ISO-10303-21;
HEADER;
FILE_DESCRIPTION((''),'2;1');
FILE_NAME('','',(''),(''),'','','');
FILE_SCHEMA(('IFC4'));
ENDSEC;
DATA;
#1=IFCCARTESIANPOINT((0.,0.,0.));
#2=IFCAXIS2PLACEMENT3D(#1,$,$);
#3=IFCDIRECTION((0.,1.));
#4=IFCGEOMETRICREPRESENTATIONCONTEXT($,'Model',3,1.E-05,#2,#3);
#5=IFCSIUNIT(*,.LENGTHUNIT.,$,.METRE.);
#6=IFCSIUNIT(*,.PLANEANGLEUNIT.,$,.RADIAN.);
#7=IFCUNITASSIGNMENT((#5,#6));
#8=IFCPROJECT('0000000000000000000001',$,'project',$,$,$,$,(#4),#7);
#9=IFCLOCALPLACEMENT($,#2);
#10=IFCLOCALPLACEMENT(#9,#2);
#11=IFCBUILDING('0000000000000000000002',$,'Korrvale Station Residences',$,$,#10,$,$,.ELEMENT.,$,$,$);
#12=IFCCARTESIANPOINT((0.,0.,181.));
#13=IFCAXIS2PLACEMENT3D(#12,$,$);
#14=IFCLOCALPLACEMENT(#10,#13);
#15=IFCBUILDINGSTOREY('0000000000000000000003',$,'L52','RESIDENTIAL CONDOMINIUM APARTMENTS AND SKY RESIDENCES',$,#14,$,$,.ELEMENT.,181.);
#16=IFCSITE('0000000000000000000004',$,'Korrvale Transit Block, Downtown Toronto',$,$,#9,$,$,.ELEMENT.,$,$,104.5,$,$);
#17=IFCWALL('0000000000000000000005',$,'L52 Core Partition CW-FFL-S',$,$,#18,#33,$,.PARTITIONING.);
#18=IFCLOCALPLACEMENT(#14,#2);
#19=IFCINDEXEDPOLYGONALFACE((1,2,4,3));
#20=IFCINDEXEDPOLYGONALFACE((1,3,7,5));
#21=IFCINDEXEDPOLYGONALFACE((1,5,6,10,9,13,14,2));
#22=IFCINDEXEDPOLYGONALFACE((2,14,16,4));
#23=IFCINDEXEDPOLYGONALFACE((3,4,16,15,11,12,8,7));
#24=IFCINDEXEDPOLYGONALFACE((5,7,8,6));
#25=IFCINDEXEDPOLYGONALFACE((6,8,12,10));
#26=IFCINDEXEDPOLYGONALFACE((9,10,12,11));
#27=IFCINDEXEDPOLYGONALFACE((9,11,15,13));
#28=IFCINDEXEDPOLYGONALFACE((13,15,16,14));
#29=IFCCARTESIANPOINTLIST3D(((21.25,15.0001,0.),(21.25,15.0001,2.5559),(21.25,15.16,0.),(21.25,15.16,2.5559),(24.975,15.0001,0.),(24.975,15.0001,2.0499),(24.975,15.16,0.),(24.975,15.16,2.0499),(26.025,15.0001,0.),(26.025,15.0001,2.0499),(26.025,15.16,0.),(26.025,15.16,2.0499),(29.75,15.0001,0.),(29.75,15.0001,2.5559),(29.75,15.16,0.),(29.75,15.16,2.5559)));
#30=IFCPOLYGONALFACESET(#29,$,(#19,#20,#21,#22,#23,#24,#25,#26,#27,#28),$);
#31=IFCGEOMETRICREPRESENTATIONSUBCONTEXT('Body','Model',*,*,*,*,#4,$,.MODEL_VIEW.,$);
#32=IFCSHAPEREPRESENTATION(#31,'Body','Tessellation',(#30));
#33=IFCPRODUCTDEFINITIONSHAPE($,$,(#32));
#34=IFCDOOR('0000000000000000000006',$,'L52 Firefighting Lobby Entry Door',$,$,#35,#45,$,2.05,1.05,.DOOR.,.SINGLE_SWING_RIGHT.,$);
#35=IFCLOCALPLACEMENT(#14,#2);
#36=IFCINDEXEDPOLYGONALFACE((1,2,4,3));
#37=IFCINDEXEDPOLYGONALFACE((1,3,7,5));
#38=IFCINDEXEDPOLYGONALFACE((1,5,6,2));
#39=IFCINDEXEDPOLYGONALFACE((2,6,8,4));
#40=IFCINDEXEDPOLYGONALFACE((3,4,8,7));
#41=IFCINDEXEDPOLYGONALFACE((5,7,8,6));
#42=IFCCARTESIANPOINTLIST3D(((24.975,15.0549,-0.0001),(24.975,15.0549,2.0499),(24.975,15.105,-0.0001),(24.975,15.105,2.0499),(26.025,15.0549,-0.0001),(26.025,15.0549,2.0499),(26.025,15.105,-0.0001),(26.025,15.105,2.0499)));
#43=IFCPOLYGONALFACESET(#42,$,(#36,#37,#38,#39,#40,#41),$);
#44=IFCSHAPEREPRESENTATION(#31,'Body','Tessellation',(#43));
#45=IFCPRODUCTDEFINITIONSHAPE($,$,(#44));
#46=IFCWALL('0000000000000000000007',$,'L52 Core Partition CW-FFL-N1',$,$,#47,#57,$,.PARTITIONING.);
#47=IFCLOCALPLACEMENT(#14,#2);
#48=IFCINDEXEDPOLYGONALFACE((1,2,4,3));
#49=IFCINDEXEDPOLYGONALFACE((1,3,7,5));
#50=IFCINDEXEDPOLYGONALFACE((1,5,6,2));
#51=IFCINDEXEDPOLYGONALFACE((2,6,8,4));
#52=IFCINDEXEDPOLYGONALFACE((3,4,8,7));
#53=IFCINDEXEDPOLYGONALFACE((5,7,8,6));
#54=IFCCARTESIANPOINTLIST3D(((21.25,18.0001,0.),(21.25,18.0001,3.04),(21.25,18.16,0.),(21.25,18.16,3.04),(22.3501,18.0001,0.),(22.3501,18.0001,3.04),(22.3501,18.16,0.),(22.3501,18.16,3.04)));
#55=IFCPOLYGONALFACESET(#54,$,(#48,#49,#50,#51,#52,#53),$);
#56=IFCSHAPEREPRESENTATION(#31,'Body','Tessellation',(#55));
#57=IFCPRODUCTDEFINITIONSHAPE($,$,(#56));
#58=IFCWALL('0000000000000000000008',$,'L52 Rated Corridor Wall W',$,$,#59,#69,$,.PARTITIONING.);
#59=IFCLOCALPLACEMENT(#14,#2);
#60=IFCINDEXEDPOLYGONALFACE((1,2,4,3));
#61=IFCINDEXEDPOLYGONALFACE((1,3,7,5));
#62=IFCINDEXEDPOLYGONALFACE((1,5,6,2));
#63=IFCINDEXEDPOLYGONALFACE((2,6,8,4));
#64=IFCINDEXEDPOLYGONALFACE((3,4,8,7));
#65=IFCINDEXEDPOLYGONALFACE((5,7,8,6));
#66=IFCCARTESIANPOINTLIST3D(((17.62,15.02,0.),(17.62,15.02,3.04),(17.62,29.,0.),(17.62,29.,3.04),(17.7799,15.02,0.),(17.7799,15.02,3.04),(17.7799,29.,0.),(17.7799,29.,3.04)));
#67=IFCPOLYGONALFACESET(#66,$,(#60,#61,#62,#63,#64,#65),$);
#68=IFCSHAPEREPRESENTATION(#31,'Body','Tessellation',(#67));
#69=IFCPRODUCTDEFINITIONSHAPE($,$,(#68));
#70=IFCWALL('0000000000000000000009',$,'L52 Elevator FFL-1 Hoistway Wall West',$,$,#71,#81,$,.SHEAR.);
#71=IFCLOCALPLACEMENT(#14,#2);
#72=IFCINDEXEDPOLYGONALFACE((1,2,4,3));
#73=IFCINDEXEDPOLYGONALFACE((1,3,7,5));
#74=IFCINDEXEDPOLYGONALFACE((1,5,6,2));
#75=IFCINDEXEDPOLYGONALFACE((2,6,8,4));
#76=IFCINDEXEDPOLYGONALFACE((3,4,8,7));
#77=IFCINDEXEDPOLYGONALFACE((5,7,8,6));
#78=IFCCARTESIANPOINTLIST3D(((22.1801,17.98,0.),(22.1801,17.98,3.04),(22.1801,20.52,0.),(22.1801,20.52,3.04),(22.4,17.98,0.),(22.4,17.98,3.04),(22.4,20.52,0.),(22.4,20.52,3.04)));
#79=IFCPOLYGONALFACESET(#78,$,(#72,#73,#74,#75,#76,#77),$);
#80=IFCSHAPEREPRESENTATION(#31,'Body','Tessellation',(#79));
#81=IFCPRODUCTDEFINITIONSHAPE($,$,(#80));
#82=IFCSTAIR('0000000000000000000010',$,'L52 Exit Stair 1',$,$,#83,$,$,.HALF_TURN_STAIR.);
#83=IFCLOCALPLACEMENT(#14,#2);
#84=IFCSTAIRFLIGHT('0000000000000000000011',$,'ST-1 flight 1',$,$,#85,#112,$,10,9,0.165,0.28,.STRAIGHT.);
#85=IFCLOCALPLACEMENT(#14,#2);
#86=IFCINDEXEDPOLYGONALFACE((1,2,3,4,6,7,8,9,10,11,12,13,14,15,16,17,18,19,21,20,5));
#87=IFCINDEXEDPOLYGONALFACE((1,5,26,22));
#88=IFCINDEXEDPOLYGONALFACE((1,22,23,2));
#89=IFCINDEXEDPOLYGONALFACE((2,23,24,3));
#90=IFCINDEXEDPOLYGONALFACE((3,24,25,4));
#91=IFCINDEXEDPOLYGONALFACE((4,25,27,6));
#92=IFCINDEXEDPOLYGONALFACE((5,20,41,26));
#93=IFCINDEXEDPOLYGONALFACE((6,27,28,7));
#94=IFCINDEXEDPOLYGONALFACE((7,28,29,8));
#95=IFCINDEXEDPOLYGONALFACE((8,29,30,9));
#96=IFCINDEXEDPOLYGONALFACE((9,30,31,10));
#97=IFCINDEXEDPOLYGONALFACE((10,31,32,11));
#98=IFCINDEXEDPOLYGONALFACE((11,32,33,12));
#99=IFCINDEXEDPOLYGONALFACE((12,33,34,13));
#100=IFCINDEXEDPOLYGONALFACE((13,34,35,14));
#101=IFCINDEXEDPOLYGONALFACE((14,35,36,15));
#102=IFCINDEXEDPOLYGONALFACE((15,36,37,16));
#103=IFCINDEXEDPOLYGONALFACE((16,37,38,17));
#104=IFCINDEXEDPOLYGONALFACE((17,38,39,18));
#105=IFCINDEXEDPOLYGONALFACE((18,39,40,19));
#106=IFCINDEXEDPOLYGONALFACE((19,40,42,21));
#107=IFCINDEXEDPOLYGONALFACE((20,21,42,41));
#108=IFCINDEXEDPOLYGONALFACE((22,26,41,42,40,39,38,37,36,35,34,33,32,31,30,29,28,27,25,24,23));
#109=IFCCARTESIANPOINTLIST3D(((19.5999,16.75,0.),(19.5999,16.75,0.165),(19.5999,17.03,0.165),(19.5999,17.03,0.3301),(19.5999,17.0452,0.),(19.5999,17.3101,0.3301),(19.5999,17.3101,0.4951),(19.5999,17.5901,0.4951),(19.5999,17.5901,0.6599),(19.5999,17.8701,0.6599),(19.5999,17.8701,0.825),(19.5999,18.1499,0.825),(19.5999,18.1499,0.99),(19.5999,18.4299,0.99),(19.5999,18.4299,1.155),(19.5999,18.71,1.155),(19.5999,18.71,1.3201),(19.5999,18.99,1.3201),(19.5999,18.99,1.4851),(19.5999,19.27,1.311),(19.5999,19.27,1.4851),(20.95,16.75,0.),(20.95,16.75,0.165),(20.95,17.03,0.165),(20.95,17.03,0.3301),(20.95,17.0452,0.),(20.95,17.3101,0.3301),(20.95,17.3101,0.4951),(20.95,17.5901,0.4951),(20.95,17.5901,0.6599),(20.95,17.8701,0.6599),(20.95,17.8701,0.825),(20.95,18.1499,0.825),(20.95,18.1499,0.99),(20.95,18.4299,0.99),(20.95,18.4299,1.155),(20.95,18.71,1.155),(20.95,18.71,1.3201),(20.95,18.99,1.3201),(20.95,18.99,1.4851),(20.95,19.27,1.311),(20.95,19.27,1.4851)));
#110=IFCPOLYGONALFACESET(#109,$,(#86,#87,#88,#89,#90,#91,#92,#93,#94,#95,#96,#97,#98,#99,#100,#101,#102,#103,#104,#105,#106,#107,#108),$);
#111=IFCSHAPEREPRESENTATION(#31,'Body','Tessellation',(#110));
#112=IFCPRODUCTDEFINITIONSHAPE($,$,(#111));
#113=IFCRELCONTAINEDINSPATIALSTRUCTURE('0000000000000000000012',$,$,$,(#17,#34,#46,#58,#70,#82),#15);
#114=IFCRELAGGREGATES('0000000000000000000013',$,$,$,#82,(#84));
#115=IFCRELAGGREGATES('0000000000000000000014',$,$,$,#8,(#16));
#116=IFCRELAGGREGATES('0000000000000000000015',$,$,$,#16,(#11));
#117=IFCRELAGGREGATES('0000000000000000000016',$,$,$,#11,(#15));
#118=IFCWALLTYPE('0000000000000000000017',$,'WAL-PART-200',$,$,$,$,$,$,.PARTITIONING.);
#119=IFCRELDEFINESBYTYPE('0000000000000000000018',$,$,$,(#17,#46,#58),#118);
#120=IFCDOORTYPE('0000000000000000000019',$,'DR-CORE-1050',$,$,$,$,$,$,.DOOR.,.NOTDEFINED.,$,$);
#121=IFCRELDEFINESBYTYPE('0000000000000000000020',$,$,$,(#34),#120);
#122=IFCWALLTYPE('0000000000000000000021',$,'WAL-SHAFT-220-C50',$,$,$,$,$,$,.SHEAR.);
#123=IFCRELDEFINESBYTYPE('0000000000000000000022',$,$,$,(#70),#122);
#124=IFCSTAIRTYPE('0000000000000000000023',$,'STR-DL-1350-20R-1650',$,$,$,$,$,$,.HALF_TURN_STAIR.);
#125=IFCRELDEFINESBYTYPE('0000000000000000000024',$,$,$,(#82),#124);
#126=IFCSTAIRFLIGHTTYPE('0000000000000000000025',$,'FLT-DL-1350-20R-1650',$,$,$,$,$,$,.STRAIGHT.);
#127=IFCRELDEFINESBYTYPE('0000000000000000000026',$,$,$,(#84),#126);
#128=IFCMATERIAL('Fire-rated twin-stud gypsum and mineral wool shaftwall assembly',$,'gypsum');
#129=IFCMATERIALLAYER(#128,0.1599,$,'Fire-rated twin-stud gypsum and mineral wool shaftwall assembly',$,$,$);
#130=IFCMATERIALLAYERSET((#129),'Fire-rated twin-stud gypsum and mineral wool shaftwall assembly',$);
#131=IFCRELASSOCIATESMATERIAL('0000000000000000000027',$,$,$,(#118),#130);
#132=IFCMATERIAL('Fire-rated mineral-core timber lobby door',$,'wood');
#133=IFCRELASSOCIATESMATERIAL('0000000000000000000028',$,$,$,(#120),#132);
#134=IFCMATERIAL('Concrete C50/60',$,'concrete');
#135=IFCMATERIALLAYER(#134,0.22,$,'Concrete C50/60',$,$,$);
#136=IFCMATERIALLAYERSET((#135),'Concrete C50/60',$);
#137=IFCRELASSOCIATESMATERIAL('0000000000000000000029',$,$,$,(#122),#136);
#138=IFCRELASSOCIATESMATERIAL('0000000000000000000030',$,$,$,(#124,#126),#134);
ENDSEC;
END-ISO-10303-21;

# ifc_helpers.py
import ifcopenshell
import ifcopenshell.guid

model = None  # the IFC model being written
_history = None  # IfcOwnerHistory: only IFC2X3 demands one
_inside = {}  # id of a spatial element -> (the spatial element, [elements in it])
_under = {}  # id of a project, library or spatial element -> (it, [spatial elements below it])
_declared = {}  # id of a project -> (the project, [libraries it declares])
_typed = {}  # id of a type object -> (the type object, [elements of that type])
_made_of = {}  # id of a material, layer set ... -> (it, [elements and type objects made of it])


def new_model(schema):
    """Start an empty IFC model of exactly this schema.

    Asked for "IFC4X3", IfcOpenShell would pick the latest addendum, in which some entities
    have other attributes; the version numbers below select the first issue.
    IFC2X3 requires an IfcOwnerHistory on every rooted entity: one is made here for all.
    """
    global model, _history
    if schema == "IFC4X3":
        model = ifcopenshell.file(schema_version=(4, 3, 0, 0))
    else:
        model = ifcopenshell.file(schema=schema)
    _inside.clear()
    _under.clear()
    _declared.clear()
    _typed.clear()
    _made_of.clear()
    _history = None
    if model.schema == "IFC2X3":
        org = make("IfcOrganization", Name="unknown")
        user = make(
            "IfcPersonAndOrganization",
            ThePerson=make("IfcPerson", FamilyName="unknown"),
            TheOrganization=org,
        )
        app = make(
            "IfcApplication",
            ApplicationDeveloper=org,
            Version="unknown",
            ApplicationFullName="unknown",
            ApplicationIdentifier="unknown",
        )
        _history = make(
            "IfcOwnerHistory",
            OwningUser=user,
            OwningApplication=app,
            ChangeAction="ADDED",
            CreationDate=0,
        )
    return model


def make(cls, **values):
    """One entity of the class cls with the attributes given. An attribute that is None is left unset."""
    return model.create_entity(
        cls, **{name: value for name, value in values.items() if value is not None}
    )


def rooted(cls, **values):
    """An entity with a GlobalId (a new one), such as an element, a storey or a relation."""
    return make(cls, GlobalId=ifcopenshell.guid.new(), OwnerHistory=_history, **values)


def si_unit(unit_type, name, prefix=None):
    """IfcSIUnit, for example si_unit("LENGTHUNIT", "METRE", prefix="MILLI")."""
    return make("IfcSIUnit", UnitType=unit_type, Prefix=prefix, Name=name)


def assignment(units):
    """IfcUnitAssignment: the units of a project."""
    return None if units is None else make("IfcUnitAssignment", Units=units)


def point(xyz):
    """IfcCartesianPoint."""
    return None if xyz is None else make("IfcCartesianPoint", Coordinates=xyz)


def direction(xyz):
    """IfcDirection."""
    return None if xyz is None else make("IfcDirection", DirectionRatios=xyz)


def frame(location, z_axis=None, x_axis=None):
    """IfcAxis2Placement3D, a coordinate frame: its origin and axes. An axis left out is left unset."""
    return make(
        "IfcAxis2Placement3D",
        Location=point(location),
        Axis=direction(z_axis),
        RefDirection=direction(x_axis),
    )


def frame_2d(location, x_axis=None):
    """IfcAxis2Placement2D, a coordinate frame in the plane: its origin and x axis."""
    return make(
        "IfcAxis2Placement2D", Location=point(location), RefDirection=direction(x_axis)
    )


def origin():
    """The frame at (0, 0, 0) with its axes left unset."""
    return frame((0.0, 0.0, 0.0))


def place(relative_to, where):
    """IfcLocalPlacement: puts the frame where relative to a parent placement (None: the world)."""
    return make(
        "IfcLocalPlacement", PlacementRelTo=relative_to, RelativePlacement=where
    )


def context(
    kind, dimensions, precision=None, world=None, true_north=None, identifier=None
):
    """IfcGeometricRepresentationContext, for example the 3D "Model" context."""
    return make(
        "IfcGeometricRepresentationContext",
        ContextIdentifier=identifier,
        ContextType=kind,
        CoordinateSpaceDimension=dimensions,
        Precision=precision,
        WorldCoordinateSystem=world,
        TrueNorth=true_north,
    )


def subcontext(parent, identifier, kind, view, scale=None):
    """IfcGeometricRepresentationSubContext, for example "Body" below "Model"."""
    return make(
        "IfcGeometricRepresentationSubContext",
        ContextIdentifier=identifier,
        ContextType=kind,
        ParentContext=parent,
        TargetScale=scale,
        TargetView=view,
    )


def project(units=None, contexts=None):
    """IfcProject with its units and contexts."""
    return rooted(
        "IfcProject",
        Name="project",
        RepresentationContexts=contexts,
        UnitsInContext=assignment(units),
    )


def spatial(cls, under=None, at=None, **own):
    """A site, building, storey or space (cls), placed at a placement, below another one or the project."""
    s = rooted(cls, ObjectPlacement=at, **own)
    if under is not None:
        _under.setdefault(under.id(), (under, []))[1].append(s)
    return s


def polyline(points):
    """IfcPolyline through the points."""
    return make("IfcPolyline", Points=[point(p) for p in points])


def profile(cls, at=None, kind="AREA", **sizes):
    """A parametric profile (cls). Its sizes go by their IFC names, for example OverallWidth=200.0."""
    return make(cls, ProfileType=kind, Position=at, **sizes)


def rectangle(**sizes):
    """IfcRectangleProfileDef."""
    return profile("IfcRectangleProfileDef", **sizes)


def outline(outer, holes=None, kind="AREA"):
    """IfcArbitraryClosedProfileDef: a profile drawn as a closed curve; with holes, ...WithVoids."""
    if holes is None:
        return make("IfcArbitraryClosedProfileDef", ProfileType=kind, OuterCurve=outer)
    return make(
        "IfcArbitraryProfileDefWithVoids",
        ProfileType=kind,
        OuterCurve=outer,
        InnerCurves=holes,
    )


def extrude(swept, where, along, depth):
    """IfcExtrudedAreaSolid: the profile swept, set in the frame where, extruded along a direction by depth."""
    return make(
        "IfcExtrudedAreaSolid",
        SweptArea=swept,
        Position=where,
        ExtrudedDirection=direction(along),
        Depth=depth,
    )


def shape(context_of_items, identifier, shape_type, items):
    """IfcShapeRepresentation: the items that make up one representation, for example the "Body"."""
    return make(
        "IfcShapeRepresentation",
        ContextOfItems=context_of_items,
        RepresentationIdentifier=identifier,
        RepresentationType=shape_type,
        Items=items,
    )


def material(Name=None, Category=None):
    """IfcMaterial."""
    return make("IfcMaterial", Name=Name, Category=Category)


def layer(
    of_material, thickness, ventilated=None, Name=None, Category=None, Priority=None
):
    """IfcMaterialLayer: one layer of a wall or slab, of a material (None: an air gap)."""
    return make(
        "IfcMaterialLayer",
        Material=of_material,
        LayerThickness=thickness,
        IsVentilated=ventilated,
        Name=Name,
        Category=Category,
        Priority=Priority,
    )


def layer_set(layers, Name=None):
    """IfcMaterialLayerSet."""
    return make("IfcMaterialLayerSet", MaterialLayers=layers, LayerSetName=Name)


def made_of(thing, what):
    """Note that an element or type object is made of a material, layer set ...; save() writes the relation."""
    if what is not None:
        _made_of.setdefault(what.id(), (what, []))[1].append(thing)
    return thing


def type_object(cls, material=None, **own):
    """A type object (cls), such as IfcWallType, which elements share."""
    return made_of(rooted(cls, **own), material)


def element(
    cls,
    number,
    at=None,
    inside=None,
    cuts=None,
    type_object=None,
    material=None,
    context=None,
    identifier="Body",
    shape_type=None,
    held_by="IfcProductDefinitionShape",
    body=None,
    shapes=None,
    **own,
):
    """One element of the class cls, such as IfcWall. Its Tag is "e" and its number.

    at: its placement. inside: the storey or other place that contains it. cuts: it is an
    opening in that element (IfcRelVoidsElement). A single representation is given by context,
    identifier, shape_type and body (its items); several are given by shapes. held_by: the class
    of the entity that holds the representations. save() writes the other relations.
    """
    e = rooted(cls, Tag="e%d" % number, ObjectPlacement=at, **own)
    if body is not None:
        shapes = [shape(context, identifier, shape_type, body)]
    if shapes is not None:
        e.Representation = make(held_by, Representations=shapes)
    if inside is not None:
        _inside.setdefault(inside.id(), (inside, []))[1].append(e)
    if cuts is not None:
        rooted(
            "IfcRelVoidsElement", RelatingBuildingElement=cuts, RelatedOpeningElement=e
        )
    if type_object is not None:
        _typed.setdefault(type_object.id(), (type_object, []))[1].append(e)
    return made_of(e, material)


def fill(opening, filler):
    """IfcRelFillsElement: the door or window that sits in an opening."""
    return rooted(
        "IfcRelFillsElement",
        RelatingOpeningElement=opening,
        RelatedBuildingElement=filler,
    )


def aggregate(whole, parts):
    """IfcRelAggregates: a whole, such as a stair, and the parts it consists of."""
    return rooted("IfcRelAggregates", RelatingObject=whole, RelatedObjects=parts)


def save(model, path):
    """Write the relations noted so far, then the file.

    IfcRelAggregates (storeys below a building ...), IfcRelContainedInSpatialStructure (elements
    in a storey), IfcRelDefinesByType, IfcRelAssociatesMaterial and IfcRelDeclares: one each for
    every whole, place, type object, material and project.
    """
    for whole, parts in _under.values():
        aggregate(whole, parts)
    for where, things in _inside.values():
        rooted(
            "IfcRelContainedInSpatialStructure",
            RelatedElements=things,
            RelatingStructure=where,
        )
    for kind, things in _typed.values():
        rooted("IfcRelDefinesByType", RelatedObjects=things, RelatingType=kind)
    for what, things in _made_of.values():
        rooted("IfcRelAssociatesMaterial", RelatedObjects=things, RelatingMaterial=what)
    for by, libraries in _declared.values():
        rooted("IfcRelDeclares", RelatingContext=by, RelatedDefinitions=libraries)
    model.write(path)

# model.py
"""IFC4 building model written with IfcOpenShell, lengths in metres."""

from ifc_helpers import new_model, si_unit, direction, frame, frame_2d, origin, place, context, subcontext, project, spatial, polyline, rectangle, outline, extrude, material, layer, layer_set, type_object, element, fill, aggregate, save


model = new_model("IFC4")

# Units and contexts
model_context = context("Model", 3, precision=1e-05, world=origin(), true_north=direction((0.0, 1.0)))
body_context = subcontext(model_context, "Body", "Model", "MODEL_VIEW")
ifc_project = project(units=[si_unit("LENGTHUNIT", "METRE"), si_unit("PLANEANGLEUNIT", "RADIAN")], contexts=[model_context])

# Site, building, storey
site_placement = place(None, origin())
site = spatial("IfcSite", under=ifc_project, at=site_placement, Name="Korrvale Transit Block, Downtown Toronto", CompositionType="ELEMENT", RefElevation=104.5)
building_placement = place(site_placement, origin())
building = spatial("IfcBuilding", under=site, at=building_placement, Name="Korrvale Station Residences", CompositionType="ELEMENT")
storey_placement = place(building_placement, frame((0.0, 0.0, 181.0)))
storey = spatial("IfcBuildingStorey", under=building, at=storey_placement, Name="L52", Description="RESIDENTIAL CONDOMINIUM APARTMENTS AND SKY RESIDENCES", CompositionType="ELEMENT", Elevation=181.0)

# Shared definitions
ifc_material_1 = material(Name="Concrete C50/60", Category="concrete")

# Wall, opening, door
ifc_material_2 = material(Name="Fire-rated twin-stud gypsum and mineral wool shaftwall assembly", Category="gypsum")
ifc_layer_1 = layer(ifc_material_2, 0.1599, Name="Fire-rated twin-stud gypsum and mineral wool shaftwall assembly")
ifc_layer_set_1 = layer_set([ifc_layer_1], Name="Fire-rated twin-stud gypsum and mineral wool shaftwall assembly")
wall_type_1 = type_object("IfcWallType", Name="WAL-PART-200", PredefinedType="PARTITIONING", material=ifc_layer_set_1)
wall_1_placement = place(storey_placement, frame((21.25, 15.0801, 0.0), z_axis=(0.0, 0.0, 1.0), x_axis=(1.0, 0.0, 0.0)))
wall_1 = element("IfcWall", 1, at=wall_1_placement, inside=storey, type_object=wall_type_1, Name="L52 Core Partition CW-FFL-S", PredefinedType="PARTITIONING", context=body_context, shape_type="SweptSolid", body=[
    extrude(rectangle(XDim=8.5, YDim=0.1599, at=frame_2d((4.25, 0.0))), origin(), (0.0, 0.0, 1.0), 2.5559),
])
opening_1_placement = place(wall_1_placement, frame((3.7251, 0.0, 0.0)))
opening_1 = element("IfcOpeningElement", 2, at=opening_1_placement, cuts=wall_1, PredefinedType="OPENING", context=body_context, shape_type="SweptSolid", body=[
    extrude(rectangle(XDim=1.05, YDim=2.05, at=frame_2d((0.5249, 1.0249))), frame((0.0, 0.0898, 0.0), z_axis=(0.0, -1.0, 0.0), x_axis=(1.0, 0.0, 0.0)), (0.0, 0.0, 1.0), 0.1799),
])
ifc_material_3 = material(Name="Fire-rated mineral-core timber lobby door", Category="wood")
door_type_1 = type_object("IfcDoorType", Name="DR-CORE-1050", OperationType="NOTDEFINED", PredefinedType="DOOR", material=ifc_material_3)
door_1_placement = place(opening_1_placement, origin())
door_1 = element("IfcDoor", 3, at=door_1_placement, inside=storey, type_object=door_type_1, Name="L52 Firefighting Lobby Entry Door", OperationType="SINGLE_SWING_RIGHT", OverallHeight=2.05, OverallWidth=1.05, PredefinedType="DOOR", context=body_context, shape_type="SweptSolid", body=[
    extrude(rectangle(XDim=1.05, YDim=2.05, at=frame_2d((0.5249, 1.0249))), frame((0.0, 0.0249, 0.0), z_axis=(0.0, -1.0, 0.0), x_axis=(1.0, 0.0, 0.0)), (0.0, 0.0, 1.0), 0.05),
])
fill(opening_1, door_1)

# Walls
wall_2_placement = place(storey_placement, frame((21.25, 18.0801, 0.0), z_axis=(0.0, 0.0, 1.0), x_axis=(1.0, 0.0, 0.0)))
element("IfcWall", 4, at=wall_2_placement, inside=storey, type_object=wall_type_1, Name="L52 Core Partition CW-FFL-N1", PredefinedType="PARTITIONING", context=body_context, shape_type="SweptSolid", body=[
    extrude(rectangle(XDim=1.1001, YDim=0.1599, at=frame_2d((0.55, 0.0))), origin(), (0.0, 0.0, 1.0), 3.04),
])
wall_3_placement = place(storey_placement, frame((17.7, 15.02, 0.0), z_axis=(0.0, 0.0, 1.0), x_axis=(0.0, 1.0, 0.0)))
element("IfcWall", 5, at=wall_3_placement, inside=storey, type_object=wall_type_1, Name="L52 Rated Corridor Wall W", PredefinedType="PARTITIONING", context=body_context, shape_type="SweptSolid", body=[
    extrude(rectangle(XDim=13.98, YDim=0.1599, at=frame_2d((6.99, 0.0))), origin(), (0.0, 0.0, 1.0), 3.04),
])

# Shared definitions
ifc_layer_2 = layer(ifc_material_1, 0.22, Name="Concrete C50/60")
ifc_layer_set_2 = layer_set([ifc_layer_2], Name="Concrete C50/60")
wall_type_2 = type_object("IfcWallType", Name="WAL-SHAFT-220-C50", PredefinedType="SHEAR", material=ifc_layer_set_2)

# Wall
wall_4_placement = place(storey_placement, frame((22.29, 17.98, 0.0), z_axis=(0.0, 0.0, 1.0), x_axis=(0.0, 1.0, 0.0)))
element("IfcWall", 6, at=wall_4_placement, inside=storey, type_object=wall_type_2, Name="L52 Elevator FFL-1 Hoistway Wall West", PredefinedType="SHEAR", context=body_context, shape_type="SweptSolid", body=[
    extrude(rectangle(XDim=2.54, YDim=0.22, at=frame_2d((1.27, 0.0))), origin(), (0.0, 0.0, 1.0), 3.04),
])

# Stair, stair flight
stair_type = type_object("IfcStairType", Name="STR-DL-1350-20R-1650", PredefinedType="HALF_TURN_STAIR", material=ifc_material_1)
stair_placement = place(storey_placement, origin())
stair = element("IfcStair", 7, at=stair_placement, inside=storey, type_object=stair_type, Name="L52 Exit Stair 1", PredefinedType="HALF_TURN_STAIR")
stair_flight_type = type_object("IfcStairFlightType", Name="FLT-DL-1350-20R-1650", PredefinedType="STRAIGHT", material=ifc_material_1)
stair_flight_placement = place(storey_placement, frame((20.2749, 16.75, 0.0), z_axis=(0.0, 0.0, 1.0), x_axis=(0.0, 1.0, 0.0)))
stair_flight = element("IfcStairFlight", 8, at=stair_flight_placement, type_object=stair_flight_type, Name="ST-1 flight 1", NumberOfRisers=10, NumberOfTreads=9, PredefinedType="STRAIGHT", RiserHeight=0.165, TreadLength=0.28, context=body_context, shape_type="SweptSolid", body=[
    extrude(outline(polyline([(0.0, 0.0), (0.0, 0.165), (0.28, 0.165), (0.28, 0.3301), (0.5601, 0.3301), (0.5601, 0.4951), (0.8401, 0.4951), (0.8401, 0.6599), (1.1201, 0.6599), (1.1201, 0.825), (1.3999, 0.825), (1.3999, 0.99), (1.6799, 0.99), (1.6799, 1.155), (1.96, 1.155), (1.96, 1.3201), (2.24, 1.3201), (2.24, 1.4851), (2.52, 1.4851), (2.52, 1.6499), (2.52, 1.311), (0.2952, 0.0), (0.0, 0.0)])), frame((0.0, 0.675, 0.0), z_axis=(0.0, -1.0, 0.0), x_axis=(1.0, 0.0, 0.0)), (0.0, 0.0, 1.0), 1.3501),
])
aggregate(stair, [stair_flight])

save(model, "model.ifc")
